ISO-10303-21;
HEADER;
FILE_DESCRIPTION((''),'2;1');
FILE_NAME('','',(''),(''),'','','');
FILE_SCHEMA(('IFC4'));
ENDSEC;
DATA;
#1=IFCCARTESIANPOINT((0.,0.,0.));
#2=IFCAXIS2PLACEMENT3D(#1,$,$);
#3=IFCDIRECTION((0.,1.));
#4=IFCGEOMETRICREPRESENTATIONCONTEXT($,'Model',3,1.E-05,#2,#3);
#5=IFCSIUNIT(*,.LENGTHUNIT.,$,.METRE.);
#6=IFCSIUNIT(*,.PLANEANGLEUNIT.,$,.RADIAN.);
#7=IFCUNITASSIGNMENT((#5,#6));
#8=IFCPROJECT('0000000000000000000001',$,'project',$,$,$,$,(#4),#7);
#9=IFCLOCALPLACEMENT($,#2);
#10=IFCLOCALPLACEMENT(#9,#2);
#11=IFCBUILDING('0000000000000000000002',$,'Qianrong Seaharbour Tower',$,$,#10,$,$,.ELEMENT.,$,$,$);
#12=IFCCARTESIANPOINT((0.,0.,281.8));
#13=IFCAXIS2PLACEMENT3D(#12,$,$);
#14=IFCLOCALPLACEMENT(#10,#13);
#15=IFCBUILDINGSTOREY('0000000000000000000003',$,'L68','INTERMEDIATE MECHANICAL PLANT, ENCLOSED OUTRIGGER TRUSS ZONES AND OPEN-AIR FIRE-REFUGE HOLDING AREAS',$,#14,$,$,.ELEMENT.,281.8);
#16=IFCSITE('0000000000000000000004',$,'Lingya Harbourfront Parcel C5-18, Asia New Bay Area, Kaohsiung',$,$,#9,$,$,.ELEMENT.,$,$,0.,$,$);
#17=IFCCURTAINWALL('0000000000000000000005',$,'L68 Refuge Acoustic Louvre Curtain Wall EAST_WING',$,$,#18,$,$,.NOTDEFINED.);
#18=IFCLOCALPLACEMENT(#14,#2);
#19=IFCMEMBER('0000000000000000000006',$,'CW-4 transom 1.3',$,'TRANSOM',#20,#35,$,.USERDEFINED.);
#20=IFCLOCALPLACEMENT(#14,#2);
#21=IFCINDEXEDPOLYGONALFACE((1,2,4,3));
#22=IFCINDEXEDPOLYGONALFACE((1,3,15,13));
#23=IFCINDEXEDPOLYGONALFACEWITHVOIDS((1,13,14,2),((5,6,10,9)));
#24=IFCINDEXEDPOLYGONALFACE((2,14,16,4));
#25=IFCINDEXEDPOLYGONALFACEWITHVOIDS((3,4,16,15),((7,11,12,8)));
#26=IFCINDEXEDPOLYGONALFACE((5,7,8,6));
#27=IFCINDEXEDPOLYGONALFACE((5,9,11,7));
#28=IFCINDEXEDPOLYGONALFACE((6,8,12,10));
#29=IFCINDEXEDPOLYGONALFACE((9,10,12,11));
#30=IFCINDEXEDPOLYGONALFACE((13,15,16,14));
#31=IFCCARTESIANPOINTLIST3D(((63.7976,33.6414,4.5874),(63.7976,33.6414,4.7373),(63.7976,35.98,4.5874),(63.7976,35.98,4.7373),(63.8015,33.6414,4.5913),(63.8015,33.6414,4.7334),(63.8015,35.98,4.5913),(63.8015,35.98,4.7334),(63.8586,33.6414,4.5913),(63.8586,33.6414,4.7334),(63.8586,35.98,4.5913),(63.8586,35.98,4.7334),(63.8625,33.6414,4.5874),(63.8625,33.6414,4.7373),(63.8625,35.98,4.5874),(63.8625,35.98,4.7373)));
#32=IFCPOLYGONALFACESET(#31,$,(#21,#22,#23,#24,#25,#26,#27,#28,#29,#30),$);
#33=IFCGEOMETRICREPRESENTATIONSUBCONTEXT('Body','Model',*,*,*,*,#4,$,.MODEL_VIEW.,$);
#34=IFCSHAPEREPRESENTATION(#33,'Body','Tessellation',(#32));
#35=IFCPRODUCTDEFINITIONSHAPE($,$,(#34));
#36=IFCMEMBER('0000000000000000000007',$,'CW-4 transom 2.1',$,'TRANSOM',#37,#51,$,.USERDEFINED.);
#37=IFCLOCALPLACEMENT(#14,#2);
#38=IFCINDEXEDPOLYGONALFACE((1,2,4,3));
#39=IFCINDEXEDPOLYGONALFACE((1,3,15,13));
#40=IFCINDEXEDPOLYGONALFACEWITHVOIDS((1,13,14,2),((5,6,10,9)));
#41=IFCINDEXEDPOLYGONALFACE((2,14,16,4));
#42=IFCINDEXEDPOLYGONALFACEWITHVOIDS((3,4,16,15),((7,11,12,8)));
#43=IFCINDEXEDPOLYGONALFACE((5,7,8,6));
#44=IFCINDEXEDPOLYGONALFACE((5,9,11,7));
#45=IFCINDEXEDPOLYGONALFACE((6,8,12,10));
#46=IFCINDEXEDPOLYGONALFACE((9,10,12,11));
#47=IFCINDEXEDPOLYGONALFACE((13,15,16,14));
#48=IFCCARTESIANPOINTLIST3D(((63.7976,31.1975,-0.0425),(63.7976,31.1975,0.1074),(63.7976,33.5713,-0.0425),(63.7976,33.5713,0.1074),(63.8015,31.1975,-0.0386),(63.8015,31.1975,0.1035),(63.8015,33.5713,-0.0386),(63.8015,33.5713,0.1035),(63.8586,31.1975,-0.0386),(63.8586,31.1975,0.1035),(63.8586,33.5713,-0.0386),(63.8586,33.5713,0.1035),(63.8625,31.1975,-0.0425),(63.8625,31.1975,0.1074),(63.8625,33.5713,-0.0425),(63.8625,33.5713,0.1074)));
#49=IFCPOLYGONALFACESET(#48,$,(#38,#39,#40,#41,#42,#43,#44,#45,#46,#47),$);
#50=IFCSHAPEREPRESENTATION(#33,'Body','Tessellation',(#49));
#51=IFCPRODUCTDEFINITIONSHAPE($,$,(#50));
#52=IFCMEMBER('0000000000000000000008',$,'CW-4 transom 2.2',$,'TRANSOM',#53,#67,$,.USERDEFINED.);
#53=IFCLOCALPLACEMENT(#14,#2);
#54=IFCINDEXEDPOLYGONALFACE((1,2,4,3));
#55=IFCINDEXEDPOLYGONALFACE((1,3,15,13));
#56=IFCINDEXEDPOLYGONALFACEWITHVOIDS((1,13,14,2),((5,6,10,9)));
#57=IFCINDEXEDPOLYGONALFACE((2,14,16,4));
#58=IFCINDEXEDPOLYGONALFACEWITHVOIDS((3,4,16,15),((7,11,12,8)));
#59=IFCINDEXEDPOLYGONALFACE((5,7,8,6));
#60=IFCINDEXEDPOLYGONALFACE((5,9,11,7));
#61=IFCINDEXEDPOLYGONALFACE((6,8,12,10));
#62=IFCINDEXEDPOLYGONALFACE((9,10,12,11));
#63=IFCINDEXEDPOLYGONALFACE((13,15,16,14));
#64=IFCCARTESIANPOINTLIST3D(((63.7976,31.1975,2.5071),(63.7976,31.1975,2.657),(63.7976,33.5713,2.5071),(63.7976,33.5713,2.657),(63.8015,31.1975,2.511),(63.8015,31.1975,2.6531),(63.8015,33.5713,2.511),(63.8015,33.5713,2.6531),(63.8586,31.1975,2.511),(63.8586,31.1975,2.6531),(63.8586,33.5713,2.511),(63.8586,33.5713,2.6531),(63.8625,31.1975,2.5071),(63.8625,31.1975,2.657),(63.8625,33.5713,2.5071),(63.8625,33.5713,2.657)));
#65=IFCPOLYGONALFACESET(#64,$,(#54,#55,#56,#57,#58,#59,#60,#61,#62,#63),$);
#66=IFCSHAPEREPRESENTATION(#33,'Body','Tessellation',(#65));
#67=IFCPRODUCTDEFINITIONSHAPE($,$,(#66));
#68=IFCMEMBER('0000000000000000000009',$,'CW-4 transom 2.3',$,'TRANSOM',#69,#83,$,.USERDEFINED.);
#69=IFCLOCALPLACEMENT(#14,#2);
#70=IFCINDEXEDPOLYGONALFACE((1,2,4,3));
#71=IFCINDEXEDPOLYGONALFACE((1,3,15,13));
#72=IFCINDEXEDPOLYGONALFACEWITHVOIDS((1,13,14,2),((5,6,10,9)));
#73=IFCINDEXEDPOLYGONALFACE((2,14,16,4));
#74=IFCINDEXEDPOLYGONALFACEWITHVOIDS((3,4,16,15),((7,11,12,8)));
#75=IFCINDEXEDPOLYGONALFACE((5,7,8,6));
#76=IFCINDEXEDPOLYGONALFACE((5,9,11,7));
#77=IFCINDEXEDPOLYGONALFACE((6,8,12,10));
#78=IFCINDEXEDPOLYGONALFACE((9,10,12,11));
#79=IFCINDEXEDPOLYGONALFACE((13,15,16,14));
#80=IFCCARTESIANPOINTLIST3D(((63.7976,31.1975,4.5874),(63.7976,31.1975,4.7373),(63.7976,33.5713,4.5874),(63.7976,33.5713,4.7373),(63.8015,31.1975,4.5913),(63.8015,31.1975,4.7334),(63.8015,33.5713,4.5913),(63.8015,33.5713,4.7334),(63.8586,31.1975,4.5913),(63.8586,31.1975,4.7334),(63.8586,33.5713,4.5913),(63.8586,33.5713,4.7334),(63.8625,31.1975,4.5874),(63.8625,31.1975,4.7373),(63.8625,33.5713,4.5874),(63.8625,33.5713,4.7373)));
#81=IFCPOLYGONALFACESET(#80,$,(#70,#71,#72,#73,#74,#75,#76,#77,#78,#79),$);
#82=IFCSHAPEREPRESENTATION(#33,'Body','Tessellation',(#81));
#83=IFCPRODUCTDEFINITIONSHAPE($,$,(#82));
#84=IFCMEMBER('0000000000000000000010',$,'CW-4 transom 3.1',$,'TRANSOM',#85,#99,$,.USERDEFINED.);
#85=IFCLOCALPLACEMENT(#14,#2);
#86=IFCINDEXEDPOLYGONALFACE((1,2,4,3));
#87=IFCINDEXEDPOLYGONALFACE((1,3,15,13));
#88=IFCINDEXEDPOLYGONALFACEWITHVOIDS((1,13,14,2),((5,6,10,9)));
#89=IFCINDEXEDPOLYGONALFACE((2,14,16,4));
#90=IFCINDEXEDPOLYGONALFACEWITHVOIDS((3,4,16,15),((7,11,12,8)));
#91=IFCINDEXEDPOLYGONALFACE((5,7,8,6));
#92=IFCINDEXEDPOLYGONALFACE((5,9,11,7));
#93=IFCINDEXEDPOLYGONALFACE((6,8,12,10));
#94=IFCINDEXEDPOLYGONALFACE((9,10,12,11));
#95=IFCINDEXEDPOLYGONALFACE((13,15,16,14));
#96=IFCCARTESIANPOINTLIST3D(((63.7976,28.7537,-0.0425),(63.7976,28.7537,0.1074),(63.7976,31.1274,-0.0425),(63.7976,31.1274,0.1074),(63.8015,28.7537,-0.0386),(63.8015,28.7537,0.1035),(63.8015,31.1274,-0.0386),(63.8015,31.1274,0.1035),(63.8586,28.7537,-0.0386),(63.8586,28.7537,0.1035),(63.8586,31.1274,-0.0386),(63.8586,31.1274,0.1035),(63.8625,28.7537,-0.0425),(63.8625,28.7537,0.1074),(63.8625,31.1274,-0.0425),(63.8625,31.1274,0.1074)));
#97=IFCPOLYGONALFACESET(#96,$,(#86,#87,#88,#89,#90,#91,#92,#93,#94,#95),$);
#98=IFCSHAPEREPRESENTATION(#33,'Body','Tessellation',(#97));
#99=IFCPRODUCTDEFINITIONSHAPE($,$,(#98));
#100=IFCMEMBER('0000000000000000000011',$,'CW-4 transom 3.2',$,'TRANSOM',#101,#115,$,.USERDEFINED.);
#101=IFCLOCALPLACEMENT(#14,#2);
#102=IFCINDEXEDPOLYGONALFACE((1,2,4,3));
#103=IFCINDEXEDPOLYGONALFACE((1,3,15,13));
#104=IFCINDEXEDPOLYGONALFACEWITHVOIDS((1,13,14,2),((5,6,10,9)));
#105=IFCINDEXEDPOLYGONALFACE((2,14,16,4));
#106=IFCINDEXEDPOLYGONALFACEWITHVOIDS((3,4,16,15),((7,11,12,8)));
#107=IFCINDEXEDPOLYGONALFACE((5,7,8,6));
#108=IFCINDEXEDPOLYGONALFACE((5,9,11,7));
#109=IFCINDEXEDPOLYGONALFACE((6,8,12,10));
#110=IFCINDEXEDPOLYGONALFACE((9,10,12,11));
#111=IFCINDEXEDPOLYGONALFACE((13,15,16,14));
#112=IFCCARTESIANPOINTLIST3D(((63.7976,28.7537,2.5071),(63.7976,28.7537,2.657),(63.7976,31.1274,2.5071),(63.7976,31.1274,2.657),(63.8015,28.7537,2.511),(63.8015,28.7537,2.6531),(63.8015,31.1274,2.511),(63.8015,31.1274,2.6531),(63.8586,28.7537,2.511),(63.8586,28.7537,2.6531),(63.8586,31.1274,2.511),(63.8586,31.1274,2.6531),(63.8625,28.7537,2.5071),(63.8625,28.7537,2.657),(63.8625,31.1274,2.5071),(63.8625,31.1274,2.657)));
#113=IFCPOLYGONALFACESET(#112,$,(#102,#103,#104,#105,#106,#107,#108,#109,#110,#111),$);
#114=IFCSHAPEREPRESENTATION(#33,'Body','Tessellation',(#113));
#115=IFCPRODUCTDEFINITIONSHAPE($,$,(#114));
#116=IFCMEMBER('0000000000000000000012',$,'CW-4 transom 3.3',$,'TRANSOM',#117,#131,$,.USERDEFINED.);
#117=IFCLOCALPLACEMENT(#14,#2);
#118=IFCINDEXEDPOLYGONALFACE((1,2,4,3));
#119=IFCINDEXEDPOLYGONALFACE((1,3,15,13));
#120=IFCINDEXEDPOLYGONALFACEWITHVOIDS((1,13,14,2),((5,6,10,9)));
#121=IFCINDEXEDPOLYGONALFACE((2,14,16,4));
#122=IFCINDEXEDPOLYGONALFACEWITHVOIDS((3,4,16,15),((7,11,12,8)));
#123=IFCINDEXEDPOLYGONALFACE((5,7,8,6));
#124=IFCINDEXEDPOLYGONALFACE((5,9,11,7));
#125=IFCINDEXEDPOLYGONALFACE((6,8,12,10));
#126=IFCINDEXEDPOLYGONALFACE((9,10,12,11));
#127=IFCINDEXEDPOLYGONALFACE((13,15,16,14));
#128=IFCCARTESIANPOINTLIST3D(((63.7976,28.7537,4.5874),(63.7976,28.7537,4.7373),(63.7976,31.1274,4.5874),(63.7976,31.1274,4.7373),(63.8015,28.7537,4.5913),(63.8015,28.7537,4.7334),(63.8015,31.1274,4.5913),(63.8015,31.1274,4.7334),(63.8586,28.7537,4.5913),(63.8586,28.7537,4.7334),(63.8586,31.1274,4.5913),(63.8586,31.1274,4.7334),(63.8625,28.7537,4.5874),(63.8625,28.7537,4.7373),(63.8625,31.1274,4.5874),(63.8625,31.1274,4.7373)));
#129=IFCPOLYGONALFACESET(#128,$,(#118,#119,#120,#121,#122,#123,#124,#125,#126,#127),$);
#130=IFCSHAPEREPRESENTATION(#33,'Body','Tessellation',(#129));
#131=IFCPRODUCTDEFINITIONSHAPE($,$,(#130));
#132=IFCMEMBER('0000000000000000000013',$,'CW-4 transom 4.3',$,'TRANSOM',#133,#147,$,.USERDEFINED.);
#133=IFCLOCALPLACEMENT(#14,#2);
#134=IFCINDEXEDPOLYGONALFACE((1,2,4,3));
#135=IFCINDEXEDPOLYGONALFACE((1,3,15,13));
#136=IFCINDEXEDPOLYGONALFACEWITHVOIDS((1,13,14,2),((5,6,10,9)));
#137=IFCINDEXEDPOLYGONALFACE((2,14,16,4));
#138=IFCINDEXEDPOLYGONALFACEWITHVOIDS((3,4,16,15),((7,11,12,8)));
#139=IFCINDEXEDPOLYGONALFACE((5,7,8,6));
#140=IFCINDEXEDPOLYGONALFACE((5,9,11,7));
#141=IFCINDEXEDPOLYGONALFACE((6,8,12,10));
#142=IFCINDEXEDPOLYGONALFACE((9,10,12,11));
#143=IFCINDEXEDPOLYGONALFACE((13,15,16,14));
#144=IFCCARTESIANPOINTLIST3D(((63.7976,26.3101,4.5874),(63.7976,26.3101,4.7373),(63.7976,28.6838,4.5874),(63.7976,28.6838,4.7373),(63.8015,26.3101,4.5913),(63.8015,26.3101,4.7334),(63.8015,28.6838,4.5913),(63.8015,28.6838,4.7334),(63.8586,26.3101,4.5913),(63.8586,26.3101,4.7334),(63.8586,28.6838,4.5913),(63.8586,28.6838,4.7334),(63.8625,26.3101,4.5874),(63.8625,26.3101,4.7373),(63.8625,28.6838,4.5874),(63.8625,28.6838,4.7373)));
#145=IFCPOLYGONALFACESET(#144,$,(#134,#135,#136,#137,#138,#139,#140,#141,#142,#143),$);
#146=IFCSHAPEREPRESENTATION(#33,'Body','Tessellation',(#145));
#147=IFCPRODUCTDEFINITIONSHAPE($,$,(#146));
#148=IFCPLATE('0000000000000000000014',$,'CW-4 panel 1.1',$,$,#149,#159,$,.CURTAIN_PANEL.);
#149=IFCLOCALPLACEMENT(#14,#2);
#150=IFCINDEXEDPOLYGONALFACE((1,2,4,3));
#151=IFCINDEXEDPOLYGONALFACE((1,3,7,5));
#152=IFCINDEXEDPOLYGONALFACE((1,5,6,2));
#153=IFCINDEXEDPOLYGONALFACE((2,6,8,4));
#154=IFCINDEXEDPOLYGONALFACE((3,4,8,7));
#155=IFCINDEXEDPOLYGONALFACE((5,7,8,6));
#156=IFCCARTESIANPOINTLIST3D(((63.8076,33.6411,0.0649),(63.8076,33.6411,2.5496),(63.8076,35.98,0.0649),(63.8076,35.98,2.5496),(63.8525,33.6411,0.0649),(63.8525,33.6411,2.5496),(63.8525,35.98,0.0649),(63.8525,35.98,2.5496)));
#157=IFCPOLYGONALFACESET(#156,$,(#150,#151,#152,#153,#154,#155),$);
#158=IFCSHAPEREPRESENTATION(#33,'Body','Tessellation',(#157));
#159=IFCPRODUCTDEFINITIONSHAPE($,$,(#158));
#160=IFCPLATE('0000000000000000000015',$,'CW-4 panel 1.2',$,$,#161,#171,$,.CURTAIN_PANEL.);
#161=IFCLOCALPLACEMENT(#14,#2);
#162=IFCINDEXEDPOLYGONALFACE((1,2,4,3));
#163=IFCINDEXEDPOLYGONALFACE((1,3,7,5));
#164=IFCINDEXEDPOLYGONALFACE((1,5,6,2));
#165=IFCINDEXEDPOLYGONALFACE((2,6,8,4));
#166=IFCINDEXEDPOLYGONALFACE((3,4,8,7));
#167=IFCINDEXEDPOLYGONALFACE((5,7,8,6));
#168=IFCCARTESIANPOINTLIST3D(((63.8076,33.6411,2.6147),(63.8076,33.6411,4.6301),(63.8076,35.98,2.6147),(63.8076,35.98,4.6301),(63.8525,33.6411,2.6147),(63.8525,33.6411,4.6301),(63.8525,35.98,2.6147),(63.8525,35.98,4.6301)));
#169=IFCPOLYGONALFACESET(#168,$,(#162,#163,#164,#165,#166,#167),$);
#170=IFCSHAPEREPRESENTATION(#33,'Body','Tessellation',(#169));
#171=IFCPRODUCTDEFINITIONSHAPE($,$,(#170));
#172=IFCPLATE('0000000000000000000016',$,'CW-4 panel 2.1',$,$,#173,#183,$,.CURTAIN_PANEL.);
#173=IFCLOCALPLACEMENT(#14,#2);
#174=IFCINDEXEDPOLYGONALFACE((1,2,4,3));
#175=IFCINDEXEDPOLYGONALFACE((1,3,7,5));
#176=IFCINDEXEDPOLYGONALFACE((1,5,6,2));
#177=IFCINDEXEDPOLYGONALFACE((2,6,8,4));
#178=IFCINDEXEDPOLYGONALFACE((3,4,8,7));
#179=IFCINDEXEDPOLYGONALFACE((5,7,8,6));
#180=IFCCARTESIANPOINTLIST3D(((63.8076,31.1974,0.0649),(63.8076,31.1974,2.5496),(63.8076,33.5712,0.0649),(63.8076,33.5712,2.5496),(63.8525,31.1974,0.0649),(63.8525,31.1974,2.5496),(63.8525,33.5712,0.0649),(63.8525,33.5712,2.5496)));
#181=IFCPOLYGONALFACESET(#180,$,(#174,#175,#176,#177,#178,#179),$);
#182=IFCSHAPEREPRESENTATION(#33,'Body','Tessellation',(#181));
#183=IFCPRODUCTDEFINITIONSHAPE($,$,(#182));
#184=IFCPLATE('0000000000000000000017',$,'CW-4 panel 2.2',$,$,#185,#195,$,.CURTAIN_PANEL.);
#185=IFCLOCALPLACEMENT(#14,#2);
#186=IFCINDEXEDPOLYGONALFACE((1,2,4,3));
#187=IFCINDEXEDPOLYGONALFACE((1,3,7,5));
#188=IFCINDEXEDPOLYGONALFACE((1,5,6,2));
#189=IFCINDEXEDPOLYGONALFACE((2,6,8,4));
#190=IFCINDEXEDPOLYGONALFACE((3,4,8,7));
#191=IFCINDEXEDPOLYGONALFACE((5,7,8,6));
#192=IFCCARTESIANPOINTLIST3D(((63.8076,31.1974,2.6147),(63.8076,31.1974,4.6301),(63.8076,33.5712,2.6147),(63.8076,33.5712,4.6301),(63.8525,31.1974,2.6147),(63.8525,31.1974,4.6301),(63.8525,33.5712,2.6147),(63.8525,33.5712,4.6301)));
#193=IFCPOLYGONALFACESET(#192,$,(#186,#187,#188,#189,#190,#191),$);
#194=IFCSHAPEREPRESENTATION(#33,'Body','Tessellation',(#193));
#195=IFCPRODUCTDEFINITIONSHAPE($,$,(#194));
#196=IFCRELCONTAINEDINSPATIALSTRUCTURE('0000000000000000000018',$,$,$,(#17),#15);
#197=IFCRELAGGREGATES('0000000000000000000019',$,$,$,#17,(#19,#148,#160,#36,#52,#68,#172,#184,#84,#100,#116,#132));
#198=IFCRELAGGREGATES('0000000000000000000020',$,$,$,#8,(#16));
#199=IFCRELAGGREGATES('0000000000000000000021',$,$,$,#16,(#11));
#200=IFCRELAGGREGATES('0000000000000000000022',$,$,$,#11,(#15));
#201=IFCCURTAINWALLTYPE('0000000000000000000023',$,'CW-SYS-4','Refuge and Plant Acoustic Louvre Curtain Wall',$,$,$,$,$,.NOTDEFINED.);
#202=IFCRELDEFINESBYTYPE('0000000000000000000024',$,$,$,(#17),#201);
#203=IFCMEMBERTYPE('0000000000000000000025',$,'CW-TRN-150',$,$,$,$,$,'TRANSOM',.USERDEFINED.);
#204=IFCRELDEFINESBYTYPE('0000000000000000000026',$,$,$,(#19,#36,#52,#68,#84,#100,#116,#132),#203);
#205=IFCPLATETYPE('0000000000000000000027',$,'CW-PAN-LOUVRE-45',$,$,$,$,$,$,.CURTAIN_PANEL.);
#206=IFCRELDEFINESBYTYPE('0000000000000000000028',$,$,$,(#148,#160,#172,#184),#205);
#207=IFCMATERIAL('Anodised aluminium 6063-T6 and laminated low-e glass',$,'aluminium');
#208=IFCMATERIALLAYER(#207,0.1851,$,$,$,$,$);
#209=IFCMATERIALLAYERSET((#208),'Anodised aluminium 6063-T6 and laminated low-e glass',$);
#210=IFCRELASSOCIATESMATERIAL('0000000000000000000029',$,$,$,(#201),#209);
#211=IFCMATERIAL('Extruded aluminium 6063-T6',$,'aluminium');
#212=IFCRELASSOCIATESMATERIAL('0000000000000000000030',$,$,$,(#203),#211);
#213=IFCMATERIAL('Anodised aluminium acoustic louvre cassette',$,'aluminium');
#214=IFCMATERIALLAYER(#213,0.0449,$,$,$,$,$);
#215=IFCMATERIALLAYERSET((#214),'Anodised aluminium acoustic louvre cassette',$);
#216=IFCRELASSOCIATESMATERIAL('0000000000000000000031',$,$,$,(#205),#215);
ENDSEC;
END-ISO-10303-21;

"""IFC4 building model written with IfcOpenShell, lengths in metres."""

from ifc_helpers import new_model, si_unit, direction, frame, origin, origin_2d, place, context, subcontext, project, spatial, rectangle, hollow_rectangle, extrude, material, layer, layer_set, material_profile, profile_set, type_object, element, aggregate, save


model = new_model("IFC4")

# Units and contexts
model_context = context("Model", 3, precision=1e-05, world=origin(), true_north=direction((0.0, 1.0)))
body_context = subcontext(model_context, "Body", "Model", "MODEL_VIEW")
ifc_project = project(units=[si_unit("LENGTHUNIT", "METRE"), si_unit("PLANEANGLEUNIT", "RADIAN")], contexts=[model_context])

# Site, building, storey
site_placement = place(None, origin())
site = spatial("IfcSite", under=ifc_project, at=site_placement, Name="Lingya Harbourfront Parcel C5-18, Asia New Bay Area, Kaohsiung", CompositionType="ELEMENT", RefElevation=0.0)
building_placement = place(site_placement, origin())
building = spatial("IfcBuilding", under=site, at=building_placement, Name="Qianrong Seaharbour Tower", CompositionType="ELEMENT")
storey_placement = place(building_placement, frame((0.0, 0.0, 281.8)))
storey = spatial("IfcBuildingStorey", under=building, at=storey_placement, Name="L68", Description="INTERMEDIATE MECHANICAL PLANT, ENCLOSED OUTRIGGER TRUSS ZONES AND OPEN-AIR FIRE-REFUGE HOLDING AREAS", CompositionType="ELEMENT", Elevation=281.8)

# Curtain wall, members, plates
ifc_material_1 = material(Name="Anodised aluminium 6063-T6 and laminated low-e glass", Category="aluminium")
ifc_layer_1 = layer(ifc_material_1, 0.1851)
ifc_layer_set_1 = layer_set([ifc_layer_1], Name="Anodised aluminium 6063-T6 and laminated low-e glass")
curtain_wall_type = type_object("IfcCurtainWallType", Name="CW-SYS-4", Description="Refuge and Plant Acoustic Louvre Curtain Wall", PredefinedType="NOTDEFINED", material=ifc_layer_set_1)
curtain_wall_placement = place(storey_placement, origin())
curtain_wall = element("IfcCurtainWall", 1, at=curtain_wall_placement, inside=storey, type_object=curtain_wall_type, Name="L68 Refuge Acoustic Louvre Curtain Wall EAST_WING", PredefinedType="NOTDEFINED")
ifc_material_2 = material(Name="Extruded aluminium 6063-T6", Category="aluminium")
ifc_material_profile_1 = material_profile(ifc_material_2, hollow_rectangle(XDim=0.0649, YDim=0.1499, WallThickness=0.0039, at=origin_2d()), Name="ALU-TRN-150x65x4")
ifc_profile_set_1 = profile_set([ifc_material_profile_1], Name="Extruded aluminium 6063-T6")
member_type_1 = type_object("IfcMemberType", Name="CW-TRN-150", ElementType="TRANSOM", PredefinedType="USERDEFINED", material=ifc_profile_set_1)
member_1_placement = place(storey_placement, frame((63.8301, 35.98, 4.6624), z_axis=(0.0, -1.0, 0.0), x_axis=(1.0, 0.0, 0.0)))
member_1 = element("IfcMember", 2, at=member_1_placement, type_object=member_type_1, Name="CW-4 transom 1.3", ObjectType="TRANSOM", PredefinedType="USERDEFINED", context=body_context, shape_type="SweptSolid", body=[
    extrude(hollow_rectangle(XDim=0.0649, YDim=0.1499, WallThickness=0.0039, at=origin_2d()), origin(), (0.0, 0.0, 1.0), 2.3386),
])
member_2_placement = place(storey_placement, frame((63.8301, 33.5713, 0.0325), z_axis=(0.0, -1.0, 0.0), x_axis=(1.0, 0.0, 0.0)))
member_2 = element("IfcMember", 3, at=member_2_placement, type_object=member_type_1, Name="CW-4 transom 2.1", ObjectType="TRANSOM", PredefinedType="USERDEFINED", context=body_context, shape_type="SweptSolid", body=[
    extrude(hollow_rectangle(XDim=0.0649, YDim=0.1499, WallThickness=0.0039, at=origin_2d()), origin(), (0.0, 0.0, 1.0), 2.3738),
])
member_3_placement = place(storey_placement, frame((63.8301, 33.5713, 2.582), z_axis=(0.0, -1.0, 0.0), x_axis=(1.0, 0.0, 0.0)))
member_3 = element("IfcMember", 4, at=member_3_placement, type_object=member_type_1, Name="CW-4 transom 2.2", ObjectType="TRANSOM", PredefinedType="USERDEFINED", context=body_context, shape_type="SweptSolid", body=[
    extrude(hollow_rectangle(XDim=0.0649, YDim=0.1499, WallThickness=0.0039, at=origin_2d()), origin(), (0.0, 0.0, 1.0), 2.3738),
])
member_4_placement = place(storey_placement, frame((63.8301, 33.5713, 4.6624), z_axis=(0.0, -1.0, 0.0), x_axis=(1.0, 0.0, 0.0)))
member_4 = element("IfcMember", 5, at=member_4_placement, type_object=member_type_1, Name="CW-4 transom 2.3", ObjectType="TRANSOM", PredefinedType="USERDEFINED", context=body_context, shape_type="SweptSolid", body=[
    extrude(hollow_rectangle(XDim=0.0649, YDim=0.1499, WallThickness=0.0039, at=origin_2d()), origin(), (0.0, 0.0, 1.0), 2.3738),
])
member_5_placement = place(storey_placement, frame((63.8301, 31.1274, 0.0325), z_axis=(0.0, -1.0, 0.0), x_axis=(1.0, 0.0, 0.0)))
member_5 = element("IfcMember", 6, at=member_5_placement, type_object=member_type_1, Name="CW-4 transom 3.1", ObjectType="TRANSOM", PredefinedType="USERDEFINED", context=body_context, shape_type="SweptSolid", body=[
    extrude(hollow_rectangle(XDim=0.0649, YDim=0.1499, WallThickness=0.0039, at=origin_2d()), origin(), (0.0, 0.0, 1.0), 2.3738),
])
member_6_placement = place(storey_placement, frame((63.8301, 31.1274, 2.582), z_axis=(0.0, -1.0, 0.0), x_axis=(1.0, 0.0, 0.0)))
member_6 = element("IfcMember", 7, at=member_6_placement, type_object=member_type_1, Name="CW-4 transom 3.2", ObjectType="TRANSOM", PredefinedType="USERDEFINED", context=body_context, shape_type="SweptSolid", body=[
    extrude(hollow_rectangle(XDim=0.0649, YDim=0.1499, WallThickness=0.0039, at=origin_2d()), origin(), (0.0, 0.0, 1.0), 2.3738),
])
member_7_placement = place(storey_placement, frame((63.8301, 31.1274, 4.6624), z_axis=(0.0, -1.0, 0.0), x_axis=(1.0, 0.0, 0.0)))
member_7 = element("IfcMember", 8, at=member_7_placement, type_object=member_type_1, Name="CW-4 transom 3.3", ObjectType="TRANSOM", PredefinedType="USERDEFINED", context=body_context, shape_type="SweptSolid", body=[
    extrude(hollow_rectangle(XDim=0.0649, YDim=0.1499, WallThickness=0.0039, at=origin_2d()), origin(), (0.0, 0.0, 1.0), 2.3738),
])
member_8_placement = place(storey_placement, frame((63.8301, 28.6838, 4.6624), z_axis=(0.0, -1.0, 0.0), x_axis=(1.0, 0.0, 0.0)))
member_8 = element("IfcMember", 9, at=member_8_placement, type_object=member_type_1, Name="CW-4 transom 4.3", ObjectType="TRANSOM", PredefinedType="USERDEFINED", context=body_context, shape_type="SweptSolid", body=[
    extrude(hollow_rectangle(XDim=0.0649, YDim=0.1499, WallThickness=0.0039, at=origin_2d()), origin(), (0.0, 0.0, 1.0), 2.3738),
])
ifc_material_3 = material(Name="Anodised aluminium acoustic louvre cassette", Category="aluminium")
ifc_layer_2 = layer(ifc_material_3, 0.0449)
ifc_layer_set_2 = layer_set([ifc_layer_2], Name="Anodised aluminium acoustic louvre cassette")
plate_type = type_object("IfcPlateType", Name="CW-PAN-LOUVRE-45", PredefinedType="CURTAIN_PANEL", material=ifc_layer_set_2)
plate_1_placement = place(storey_placement, frame((63.8301, 34.8105, 0.0649), z_axis=(0.0, 0.0, 1.0), x_axis=(0.0, -1.0, 0.0)))
plate_1 = element("IfcPlate", 10, at=plate_1_placement, type_object=plate_type, Name="CW-4 panel 1.1", PredefinedType="CURTAIN_PANEL", context=body_context, shape_type="SweptSolid", body=[
    extrude(rectangle(XDim=2.3389, YDim=0.0449, at=origin_2d()), origin(), (0.0, 0.0, 1.0), 2.4846),
])
plate_2_placement = place(storey_placement, frame((63.8301, 34.8105, 2.6147), z_axis=(0.0, 0.0, 1.0), x_axis=(0.0, -1.0, 0.0)))
plate_2 = element("IfcPlate", 11, at=plate_2_placement, type_object=plate_type, Name="CW-4 panel 1.2", PredefinedType="CURTAIN_PANEL", context=body_context, shape_type="SweptSolid", body=[
    extrude(rectangle(XDim=2.3389, YDim=0.0449, at=origin_2d()), origin(), (0.0, 0.0, 1.0), 2.0154),
])
plate_3_placement = place(storey_placement, frame((63.8301, 32.3843, 0.0649), z_axis=(0.0, 0.0, 1.0), x_axis=(0.0, -1.0, 0.0)))
plate_3 = element("IfcPlate", 12, at=plate_3_placement, type_object=plate_type, Name="CW-4 panel 2.1", PredefinedType="CURTAIN_PANEL", context=body_context, shape_type="SweptSolid", body=[
    extrude(rectangle(XDim=2.3738, YDim=0.0449, at=origin_2d()), origin(), (0.0, 0.0, 1.0), 2.4846),
])
plate_4_placement = place(storey_placement, frame((63.8301, 32.3843, 2.6147), z_axis=(0.0, 0.0, 1.0), x_axis=(0.0, -1.0, 0.0)))
plate_4 = element("IfcPlate", 13, at=plate_4_placement, type_object=plate_type, Name="CW-4 panel 2.2", PredefinedType="CURTAIN_PANEL", context=body_context, shape_type="SweptSolid", body=[
    extrude(rectangle(XDim=2.3738, YDim=0.0449, at=origin_2d()), origin(), (0.0, 0.0, 1.0), 2.0154),
])
aggregate(curtain_wall, [member_1, plate_1, plate_2, member_2, member_3, member_4, plate_3, plate_4, member_5, member_6, member_7, member_8])

save(model, "model.ifc")
